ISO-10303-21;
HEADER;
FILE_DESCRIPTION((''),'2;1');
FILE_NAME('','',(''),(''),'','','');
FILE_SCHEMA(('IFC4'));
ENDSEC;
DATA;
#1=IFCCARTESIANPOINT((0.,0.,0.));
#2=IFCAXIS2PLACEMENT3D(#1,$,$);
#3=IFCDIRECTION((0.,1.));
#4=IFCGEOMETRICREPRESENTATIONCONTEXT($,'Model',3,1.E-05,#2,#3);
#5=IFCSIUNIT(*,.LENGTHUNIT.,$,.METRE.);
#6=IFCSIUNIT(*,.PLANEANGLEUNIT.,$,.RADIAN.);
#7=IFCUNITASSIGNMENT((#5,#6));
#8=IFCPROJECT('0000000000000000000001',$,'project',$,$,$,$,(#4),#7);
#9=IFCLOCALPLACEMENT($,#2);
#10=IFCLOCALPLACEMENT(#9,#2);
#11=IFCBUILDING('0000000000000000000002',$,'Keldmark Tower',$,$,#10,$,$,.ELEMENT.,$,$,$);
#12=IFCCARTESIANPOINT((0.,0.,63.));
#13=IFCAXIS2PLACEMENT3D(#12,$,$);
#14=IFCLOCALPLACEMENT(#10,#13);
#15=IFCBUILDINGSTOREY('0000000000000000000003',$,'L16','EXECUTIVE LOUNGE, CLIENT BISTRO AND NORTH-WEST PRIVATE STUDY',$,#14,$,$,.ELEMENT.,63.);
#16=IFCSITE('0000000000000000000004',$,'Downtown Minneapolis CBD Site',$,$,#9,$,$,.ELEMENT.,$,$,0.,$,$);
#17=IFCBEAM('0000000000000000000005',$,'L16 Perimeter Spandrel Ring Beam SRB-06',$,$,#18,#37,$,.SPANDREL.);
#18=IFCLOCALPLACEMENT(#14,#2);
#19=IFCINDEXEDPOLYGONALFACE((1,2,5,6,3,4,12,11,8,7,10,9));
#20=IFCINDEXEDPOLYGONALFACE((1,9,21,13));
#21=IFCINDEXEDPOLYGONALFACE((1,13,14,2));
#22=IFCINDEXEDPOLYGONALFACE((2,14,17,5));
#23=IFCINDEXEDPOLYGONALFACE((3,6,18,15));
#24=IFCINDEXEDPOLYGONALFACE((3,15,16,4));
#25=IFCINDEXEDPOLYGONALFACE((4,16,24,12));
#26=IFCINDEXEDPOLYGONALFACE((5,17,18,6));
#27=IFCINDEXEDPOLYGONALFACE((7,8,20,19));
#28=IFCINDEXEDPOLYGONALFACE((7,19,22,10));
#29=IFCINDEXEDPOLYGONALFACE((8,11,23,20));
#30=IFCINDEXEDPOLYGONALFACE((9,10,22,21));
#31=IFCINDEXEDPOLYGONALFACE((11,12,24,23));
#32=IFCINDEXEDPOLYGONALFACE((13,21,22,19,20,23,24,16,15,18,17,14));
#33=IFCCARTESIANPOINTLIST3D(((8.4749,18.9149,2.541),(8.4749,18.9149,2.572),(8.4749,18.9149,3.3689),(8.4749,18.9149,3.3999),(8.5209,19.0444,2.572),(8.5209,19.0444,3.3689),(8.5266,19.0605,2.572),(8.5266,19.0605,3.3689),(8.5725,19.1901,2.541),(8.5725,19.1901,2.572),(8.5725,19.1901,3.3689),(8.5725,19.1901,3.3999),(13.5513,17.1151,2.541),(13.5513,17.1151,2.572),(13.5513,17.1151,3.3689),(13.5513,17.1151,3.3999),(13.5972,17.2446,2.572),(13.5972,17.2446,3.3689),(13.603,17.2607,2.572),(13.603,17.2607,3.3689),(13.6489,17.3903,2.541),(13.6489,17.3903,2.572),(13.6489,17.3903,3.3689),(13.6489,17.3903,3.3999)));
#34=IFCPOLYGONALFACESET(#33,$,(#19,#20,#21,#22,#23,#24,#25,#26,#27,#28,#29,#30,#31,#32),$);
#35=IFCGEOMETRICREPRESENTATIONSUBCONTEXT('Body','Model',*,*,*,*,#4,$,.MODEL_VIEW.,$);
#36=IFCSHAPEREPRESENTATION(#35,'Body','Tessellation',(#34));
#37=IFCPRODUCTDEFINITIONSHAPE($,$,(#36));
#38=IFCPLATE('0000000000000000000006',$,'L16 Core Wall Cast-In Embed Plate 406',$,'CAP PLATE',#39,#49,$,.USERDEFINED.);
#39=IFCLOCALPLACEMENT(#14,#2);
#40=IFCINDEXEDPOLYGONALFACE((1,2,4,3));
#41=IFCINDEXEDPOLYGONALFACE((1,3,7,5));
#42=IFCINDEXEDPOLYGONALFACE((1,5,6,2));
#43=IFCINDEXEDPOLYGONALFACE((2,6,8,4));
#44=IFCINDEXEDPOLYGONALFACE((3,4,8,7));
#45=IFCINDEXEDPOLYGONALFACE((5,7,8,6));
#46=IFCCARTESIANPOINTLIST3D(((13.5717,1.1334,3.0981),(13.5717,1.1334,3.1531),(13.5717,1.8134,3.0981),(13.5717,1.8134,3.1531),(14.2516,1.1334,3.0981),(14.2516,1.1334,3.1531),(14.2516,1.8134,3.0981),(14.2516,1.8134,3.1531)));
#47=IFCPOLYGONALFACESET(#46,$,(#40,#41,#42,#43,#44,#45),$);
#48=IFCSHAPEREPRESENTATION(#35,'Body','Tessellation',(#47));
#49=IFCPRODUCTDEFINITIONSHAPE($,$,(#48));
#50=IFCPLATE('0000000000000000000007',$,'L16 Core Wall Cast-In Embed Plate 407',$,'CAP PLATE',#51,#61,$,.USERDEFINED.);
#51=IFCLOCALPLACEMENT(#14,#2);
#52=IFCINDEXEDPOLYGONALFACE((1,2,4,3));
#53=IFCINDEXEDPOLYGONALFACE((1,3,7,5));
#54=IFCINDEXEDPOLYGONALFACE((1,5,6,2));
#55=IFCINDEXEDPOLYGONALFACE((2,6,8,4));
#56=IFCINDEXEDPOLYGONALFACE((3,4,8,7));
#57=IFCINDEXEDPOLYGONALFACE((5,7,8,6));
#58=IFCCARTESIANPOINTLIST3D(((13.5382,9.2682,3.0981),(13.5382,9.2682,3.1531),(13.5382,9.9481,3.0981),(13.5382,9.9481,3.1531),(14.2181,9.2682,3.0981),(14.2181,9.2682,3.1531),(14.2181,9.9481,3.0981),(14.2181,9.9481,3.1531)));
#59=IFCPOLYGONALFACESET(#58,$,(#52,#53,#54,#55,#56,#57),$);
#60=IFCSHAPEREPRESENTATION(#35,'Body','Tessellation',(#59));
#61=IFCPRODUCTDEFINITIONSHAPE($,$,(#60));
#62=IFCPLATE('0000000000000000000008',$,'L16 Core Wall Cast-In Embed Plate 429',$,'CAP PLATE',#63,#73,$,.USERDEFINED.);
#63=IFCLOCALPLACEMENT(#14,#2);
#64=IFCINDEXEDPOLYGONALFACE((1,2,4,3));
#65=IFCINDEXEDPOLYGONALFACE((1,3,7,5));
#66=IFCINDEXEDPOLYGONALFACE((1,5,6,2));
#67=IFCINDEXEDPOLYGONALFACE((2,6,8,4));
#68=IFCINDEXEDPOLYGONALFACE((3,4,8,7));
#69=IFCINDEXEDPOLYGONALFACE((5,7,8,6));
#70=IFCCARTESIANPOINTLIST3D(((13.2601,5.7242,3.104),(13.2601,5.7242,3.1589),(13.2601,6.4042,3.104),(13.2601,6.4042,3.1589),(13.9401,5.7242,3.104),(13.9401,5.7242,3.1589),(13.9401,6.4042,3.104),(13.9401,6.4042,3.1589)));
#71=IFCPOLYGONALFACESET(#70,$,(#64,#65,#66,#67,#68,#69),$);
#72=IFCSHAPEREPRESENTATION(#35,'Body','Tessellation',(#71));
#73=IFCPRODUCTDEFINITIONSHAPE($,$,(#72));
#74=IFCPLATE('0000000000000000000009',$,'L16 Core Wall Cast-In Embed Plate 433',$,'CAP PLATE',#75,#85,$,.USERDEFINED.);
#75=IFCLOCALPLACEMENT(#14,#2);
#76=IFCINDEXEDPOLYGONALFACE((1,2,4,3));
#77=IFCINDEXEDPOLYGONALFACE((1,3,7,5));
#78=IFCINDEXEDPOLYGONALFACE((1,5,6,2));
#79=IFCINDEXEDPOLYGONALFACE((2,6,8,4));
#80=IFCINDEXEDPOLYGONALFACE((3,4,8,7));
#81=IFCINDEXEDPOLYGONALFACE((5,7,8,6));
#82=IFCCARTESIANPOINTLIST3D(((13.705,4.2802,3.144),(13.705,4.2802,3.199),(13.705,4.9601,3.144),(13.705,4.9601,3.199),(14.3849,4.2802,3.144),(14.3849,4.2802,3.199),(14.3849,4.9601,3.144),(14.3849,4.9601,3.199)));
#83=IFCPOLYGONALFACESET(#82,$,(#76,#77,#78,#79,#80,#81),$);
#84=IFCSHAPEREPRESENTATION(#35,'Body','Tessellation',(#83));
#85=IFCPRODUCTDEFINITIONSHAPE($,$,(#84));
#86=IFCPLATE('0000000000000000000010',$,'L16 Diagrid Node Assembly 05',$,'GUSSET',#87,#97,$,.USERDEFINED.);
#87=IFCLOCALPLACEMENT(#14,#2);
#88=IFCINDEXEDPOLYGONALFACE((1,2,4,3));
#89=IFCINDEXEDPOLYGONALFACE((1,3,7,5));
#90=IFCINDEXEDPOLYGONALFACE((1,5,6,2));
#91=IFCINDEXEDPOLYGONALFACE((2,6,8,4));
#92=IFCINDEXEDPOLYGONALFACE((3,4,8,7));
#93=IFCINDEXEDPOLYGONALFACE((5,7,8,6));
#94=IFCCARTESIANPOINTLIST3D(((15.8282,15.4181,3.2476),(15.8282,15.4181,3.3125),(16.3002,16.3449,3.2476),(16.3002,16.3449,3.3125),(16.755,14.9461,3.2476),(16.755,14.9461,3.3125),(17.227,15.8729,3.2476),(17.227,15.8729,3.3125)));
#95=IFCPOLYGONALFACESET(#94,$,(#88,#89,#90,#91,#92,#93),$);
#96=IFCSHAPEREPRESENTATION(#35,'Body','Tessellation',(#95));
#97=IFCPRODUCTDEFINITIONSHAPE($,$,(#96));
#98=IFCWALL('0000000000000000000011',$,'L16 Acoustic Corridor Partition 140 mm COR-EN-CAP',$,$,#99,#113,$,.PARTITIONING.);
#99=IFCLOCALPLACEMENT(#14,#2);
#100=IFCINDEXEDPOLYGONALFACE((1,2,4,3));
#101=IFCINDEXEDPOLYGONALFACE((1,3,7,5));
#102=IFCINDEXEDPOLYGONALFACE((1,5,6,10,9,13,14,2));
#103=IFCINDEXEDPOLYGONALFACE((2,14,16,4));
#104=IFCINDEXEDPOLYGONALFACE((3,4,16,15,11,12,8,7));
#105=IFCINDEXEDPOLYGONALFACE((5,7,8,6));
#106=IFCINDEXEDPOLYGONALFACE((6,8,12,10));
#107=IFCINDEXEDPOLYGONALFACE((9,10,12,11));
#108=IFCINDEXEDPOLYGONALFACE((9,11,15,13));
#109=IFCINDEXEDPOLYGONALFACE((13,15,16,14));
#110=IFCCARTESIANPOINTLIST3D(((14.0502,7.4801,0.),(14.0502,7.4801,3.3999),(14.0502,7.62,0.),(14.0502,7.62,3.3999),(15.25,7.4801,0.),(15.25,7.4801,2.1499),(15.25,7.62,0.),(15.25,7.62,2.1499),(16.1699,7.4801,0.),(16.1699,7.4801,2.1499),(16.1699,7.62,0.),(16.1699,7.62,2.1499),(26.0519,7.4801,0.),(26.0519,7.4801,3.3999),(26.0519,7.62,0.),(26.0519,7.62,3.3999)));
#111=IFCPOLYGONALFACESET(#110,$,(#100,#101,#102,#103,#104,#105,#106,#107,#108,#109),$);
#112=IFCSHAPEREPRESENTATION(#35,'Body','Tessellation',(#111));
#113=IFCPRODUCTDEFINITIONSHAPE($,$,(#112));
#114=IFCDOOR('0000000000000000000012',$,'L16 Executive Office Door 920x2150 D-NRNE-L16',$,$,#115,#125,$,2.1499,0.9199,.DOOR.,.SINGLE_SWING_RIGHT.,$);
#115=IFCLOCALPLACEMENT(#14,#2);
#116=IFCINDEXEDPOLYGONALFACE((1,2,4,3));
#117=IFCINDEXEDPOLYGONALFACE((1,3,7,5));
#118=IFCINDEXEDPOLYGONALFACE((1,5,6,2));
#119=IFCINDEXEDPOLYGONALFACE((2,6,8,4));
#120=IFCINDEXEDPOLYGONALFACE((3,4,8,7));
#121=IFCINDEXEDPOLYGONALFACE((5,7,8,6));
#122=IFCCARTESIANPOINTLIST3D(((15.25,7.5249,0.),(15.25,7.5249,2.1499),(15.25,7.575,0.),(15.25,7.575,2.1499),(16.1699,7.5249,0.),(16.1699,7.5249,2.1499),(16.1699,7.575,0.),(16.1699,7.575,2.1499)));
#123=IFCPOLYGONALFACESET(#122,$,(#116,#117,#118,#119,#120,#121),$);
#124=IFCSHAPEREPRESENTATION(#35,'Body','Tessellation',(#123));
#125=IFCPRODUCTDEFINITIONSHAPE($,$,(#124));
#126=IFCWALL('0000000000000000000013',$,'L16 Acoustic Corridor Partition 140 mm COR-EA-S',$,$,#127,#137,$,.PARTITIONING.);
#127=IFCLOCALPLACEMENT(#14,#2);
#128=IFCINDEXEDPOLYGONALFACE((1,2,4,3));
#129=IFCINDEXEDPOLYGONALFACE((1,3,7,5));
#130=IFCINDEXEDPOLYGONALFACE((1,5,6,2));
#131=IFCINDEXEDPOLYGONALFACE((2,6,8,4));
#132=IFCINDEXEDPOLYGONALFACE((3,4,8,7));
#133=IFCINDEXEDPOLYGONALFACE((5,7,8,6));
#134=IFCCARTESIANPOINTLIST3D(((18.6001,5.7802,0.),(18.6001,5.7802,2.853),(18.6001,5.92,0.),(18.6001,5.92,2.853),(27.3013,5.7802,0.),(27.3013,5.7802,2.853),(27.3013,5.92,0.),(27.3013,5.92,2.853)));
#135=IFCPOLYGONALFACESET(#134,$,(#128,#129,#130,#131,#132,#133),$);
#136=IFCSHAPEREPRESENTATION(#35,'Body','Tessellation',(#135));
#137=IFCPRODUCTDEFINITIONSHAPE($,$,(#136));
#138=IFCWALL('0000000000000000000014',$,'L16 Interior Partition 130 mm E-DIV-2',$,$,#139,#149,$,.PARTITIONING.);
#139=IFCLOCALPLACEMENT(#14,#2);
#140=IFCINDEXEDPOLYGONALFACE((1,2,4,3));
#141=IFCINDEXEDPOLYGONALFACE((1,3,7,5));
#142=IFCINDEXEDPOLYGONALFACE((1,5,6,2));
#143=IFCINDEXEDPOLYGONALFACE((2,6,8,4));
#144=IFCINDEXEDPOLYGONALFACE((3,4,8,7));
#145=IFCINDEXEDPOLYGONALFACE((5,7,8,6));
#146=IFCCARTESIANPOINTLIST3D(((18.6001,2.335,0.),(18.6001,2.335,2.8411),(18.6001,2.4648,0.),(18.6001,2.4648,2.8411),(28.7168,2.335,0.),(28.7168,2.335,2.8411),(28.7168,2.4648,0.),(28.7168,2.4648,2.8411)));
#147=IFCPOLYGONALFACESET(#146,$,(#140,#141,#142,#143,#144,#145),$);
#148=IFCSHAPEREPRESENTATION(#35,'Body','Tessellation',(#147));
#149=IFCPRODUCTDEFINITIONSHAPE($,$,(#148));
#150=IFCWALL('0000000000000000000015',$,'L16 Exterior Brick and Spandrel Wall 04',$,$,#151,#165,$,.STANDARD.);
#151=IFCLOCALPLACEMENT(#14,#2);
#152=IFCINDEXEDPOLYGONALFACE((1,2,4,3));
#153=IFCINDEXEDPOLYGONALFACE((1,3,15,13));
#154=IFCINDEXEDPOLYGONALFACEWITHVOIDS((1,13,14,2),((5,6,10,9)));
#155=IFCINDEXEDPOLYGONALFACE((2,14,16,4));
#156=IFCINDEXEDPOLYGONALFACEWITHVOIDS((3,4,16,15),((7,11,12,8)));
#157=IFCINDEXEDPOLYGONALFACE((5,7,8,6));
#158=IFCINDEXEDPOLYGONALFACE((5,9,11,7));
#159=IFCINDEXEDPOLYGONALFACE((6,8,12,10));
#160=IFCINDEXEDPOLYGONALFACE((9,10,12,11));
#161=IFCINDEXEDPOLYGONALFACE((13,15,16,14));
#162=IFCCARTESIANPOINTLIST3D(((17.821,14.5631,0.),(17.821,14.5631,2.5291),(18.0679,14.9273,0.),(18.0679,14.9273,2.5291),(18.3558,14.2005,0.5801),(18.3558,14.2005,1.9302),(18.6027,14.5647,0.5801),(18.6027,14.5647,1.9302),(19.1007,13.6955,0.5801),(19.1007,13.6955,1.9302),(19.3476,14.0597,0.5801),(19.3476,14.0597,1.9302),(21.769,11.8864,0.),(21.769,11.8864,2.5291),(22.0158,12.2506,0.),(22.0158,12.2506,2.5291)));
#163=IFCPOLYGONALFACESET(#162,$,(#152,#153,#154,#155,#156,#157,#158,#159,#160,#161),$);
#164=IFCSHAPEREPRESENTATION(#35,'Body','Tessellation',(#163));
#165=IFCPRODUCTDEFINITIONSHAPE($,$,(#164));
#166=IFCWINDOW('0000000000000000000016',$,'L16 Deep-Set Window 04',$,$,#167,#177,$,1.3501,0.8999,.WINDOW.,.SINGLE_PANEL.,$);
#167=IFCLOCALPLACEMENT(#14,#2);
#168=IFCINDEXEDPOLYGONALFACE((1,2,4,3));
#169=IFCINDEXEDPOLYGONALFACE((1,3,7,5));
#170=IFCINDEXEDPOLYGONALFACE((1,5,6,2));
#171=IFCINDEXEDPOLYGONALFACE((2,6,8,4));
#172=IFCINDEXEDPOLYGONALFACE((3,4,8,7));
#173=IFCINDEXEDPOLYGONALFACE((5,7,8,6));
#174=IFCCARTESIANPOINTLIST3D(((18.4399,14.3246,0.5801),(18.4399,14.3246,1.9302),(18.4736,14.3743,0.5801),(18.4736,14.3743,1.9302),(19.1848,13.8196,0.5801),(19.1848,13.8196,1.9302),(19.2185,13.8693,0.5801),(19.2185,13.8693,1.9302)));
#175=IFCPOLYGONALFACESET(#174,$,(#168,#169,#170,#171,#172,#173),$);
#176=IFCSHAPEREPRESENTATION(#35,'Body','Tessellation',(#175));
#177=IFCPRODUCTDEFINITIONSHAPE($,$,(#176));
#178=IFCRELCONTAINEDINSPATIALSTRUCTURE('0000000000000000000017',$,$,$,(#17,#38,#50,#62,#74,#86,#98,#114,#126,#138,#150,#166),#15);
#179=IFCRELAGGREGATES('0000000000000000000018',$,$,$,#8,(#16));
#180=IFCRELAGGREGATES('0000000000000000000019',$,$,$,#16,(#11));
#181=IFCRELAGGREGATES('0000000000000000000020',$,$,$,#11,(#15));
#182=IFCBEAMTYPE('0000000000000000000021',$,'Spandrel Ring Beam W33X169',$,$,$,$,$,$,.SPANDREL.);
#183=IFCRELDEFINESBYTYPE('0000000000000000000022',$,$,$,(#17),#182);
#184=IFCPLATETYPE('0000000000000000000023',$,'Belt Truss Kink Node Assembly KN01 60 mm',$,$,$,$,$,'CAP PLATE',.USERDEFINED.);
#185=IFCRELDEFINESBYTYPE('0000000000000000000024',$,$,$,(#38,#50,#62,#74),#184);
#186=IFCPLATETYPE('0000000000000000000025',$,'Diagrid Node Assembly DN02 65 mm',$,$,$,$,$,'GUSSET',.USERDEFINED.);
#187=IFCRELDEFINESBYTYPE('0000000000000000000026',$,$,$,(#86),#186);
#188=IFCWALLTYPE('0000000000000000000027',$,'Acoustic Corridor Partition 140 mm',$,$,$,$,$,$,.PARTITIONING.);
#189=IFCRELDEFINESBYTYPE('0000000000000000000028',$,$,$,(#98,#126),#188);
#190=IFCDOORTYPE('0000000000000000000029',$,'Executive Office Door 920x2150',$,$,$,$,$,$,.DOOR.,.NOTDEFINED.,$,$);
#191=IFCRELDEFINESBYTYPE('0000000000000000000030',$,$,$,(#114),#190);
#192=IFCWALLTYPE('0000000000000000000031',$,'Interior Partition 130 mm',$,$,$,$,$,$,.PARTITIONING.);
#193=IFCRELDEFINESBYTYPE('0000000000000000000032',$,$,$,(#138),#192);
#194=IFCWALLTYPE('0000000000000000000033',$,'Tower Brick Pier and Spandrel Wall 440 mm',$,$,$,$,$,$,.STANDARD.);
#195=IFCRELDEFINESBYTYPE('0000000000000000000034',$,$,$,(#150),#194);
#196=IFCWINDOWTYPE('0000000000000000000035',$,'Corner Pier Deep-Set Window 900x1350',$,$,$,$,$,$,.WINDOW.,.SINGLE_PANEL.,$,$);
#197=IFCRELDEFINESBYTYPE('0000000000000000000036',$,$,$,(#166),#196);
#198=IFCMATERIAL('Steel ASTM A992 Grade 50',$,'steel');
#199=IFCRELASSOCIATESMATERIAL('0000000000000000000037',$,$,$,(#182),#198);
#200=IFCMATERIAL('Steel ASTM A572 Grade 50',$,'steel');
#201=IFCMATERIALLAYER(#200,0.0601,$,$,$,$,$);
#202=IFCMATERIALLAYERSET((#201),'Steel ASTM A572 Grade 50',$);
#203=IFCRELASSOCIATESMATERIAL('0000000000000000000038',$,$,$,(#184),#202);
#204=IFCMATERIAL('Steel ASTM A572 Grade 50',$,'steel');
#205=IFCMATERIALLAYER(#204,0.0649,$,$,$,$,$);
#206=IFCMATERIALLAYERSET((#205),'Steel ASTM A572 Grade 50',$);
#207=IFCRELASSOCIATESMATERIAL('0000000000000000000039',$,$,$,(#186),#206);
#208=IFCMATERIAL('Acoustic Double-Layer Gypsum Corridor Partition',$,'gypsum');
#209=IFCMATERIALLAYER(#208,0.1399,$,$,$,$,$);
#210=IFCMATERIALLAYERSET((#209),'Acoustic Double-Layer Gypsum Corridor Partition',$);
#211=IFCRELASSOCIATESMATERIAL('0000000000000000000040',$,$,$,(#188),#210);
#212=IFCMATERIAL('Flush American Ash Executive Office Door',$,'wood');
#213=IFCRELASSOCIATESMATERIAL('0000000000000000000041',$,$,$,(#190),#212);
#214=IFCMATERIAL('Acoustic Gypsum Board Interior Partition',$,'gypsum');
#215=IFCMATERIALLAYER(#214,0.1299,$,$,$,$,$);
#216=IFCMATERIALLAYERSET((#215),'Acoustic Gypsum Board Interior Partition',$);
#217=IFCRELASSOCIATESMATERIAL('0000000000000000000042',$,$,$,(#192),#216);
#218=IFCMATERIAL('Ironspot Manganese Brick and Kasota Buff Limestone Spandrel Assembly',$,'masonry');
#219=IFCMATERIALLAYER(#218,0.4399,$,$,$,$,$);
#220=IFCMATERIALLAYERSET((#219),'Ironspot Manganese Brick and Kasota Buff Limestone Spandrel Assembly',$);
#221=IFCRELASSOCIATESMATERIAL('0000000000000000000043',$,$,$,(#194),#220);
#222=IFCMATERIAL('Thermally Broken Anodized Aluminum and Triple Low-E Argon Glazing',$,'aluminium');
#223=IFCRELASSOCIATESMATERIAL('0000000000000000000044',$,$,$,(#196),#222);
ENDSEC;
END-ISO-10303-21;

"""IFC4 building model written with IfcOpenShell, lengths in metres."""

from ifc_helpers import new_model, si_unit, direction, frame, frame_2d, origin, origin_2d, place, context, subcontext, project, spatial, rectangle, i_section, extrude, material, layer, layer_set, material_profile, profile_set, type_object, element, fill, save


model = new_model("IFC4")

# Units and contexts
model_context = context("Model", 3, precision=1e-05, world=origin(), true_north=direction((0.0, 1.0)))
body_context = subcontext(model_context, "Body", "Model", "MODEL_VIEW")
ifc_project = project(units=[si_unit("LENGTHUNIT", "METRE"), si_unit("PLANEANGLEUNIT", "RADIAN")], contexts=[model_context])

# Site, building, storey
site_placement = place(None, origin())
site = spatial("IfcSite", under=ifc_project, at=site_placement, Name="Downtown Minneapolis CBD Site", CompositionType="ELEMENT", RefElevation=0.0)
building_placement = place(site_placement, origin())
building = spatial("IfcBuilding", under=site, at=building_placement, Name="Keldmark Tower", CompositionType="ELEMENT")
storey_placement = place(building_placement, frame((0.0, 0.0, 63.0)))
storey = spatial("IfcBuildingStorey", under=building, at=storey_placement, Name="L16", Description="EXECUTIVE LOUNGE, CLIENT BISTRO AND NORTH-WEST PRIVATE STUDY", CompositionType="ELEMENT", Elevation=63.0)

# Beam
ifc_material_1 = material(Name="Steel ASTM A992 Grade 50", Category="steel")
ifc_material_profile_1 = material_profile(ifc_material_1, i_section(OverallWidth=0.292, OverallDepth=0.8589, WebThickness=0.0171, FlangeThickness=0.031, at=origin_2d()), Name="W33X169")
ifc_profile_set_1 = profile_set([ifc_material_profile_1], Name="Steel ASTM A992 Grade 50")
beam_type_1 = type_object("IfcBeamType", Name="Spandrel Ring Beam W33X169", PredefinedType="SPANDREL", material=ifc_profile_set_1)
beam_1_placement = place(storey_placement, frame((13.6001, 17.2527, 2.9705), z_axis=(-0.942516, 0.334162, 0.0), x_axis=(-0.334162, -0.942516, 0.0)))
element("IfcBeam", 1, at=beam_1_placement, inside=storey, type_object=beam_type_1, Name="L16 Perimeter Spandrel Ring Beam SRB-06", PredefinedType="SPANDREL", context=body_context, shape_type="SweptSolid", body=[
    extrude(i_section(OverallWidth=0.292, OverallDepth=0.8589, WebThickness=0.0171, FlangeThickness=0.031, at=origin_2d()), origin(), (0.0, 0.0, 1.0), 5.386),
])

# Plates
ifc_material_2 = material(Name="Steel ASTM A572 Grade 50", Category="steel")
ifc_layer_1 = layer(ifc_material_2, 0.0601)
ifc_layer_set_1 = layer_set([ifc_layer_1], Name="Steel ASTM A572 Grade 50")
plate_type_1 = type_object("IfcPlateType", Name="Belt Truss Kink Node Assembly KN01 60 mm", ElementType="CAP PLATE", PredefinedType="USERDEFINED", material=ifc_layer_set_1)
for number, where, z_axis, x_axis, name in (
    (2, (13.9116, 1.4734, 3.0981), (0.0, 0.0, 1.0), (1.0, 0.0, 0.0), "L16 Core Wall Cast-In Embed Plate 406"),
    (3, (13.8782, 9.6082, 3.0981), (0.0, 0.0, 1.0), (1.0, 0.0, 0.0), "L16 Core Wall Cast-In Embed Plate 407"),
    (4, (13.6001, 6.0642, 3.104), (0.0, 0.0, 1.0), (1.0, 0.0, 0.0), "L16 Core Wall Cast-In Embed Plate 429"),
    (5, (14.0449, 4.6201, 3.144), (0.0, 0.0, 1.0), (1.0, 0.0, 0.0), "L16 Core Wall Cast-In Embed Plate 433"),
):
    element("IfcPlate", number, at=place(storey_placement, frame(where, z_axis=z_axis, x_axis=x_axis)), inside=storey, type_object=plate_type_1, Name=name, ObjectType="CAP PLATE", PredefinedType="USERDEFINED", context=body_context, shape_type="SweptSolid", body=[
        extrude(rectangle(XDim=0.6799, YDim=0.6799, at=origin_2d()), origin(), (0.0, 0.0, 1.0), 0.0549),
    ])
ifc_material_3 = material(Name="Steel ASTM A572 Grade 50", Category="steel")
ifc_layer_2 = layer(ifc_material_3, 0.0649)
ifc_layer_set_2 = layer_set([ifc_layer_2], Name="Steel ASTM A572 Grade 50")
plate_type_2 = type_object("IfcPlateType", Name="Diagrid Node Assembly DN02 65 mm", ElementType="GUSSET", PredefinedType="USERDEFINED", material=ifc_layer_set_2)
plate_placement = place(storey_placement, frame((16.5276, 15.6455, 3.2476), z_axis=(0.0, 0.0, 1.0), x_axis=(-0.891086, 0.453835, 0.0)))
element("IfcPlate", 6, at=plate_placement, inside=storey, type_object=plate_type_2, Name="L16 Diagrid Node Assembly 05", ObjectType="GUSSET", PredefinedType="USERDEFINED", context=body_context, shape_type="SweptSolid", body=[
    extrude(rectangle(XDim=1.04, YDim=1.04, at=origin_2d()), origin(), (0.0, 0.0, 1.0), 0.0649),
])

# Wall, opening, door
ifc_material_4 = material(Name="Acoustic Double-Layer Gypsum Corridor Partition", Category="gypsum")
ifc_layer_3 = layer(ifc_material_4, 0.1399)
ifc_layer_set_3 = layer_set([ifc_layer_3], Name="Acoustic Double-Layer Gypsum Corridor Partition")
wall_type_1 = type_object("IfcWallType", Name="Acoustic Corridor Partition 140 mm", PredefinedType="PARTITIONING", material=ifc_layer_set_3)
wall_1_placement = place(storey_placement, frame((14.05, 7.55, 0.0), z_axis=(0.0, 0.0, 1.0), x_axis=(1.0, 0.0, 0.0)))
wall_1 = element("IfcWall", 7, at=wall_1_placement, inside=storey, type_object=wall_type_1, Name="L16 Acoustic Corridor Partition 140 mm COR-EN-CAP", PredefinedType="PARTITIONING", context=body_context, shape_type="SweptSolid", body=[
    extrude(rectangle(XDim=12.0017, YDim=0.1399, at=frame_2d((6.001, 0.0))), origin(), (0.0, 0.0, 1.0), 3.3999),
])
opening_1_placement = place(wall_1_placement, frame((1.2, 0.0, 0.0)))
opening_1 = element("IfcOpeningElement", 8, at=opening_1_placement, cuts=wall_1, PredefinedType="OPENING", context=body_context, shape_type="SweptSolid", body=[
    extrude(rectangle(XDim=0.9199, YDim=2.1499, at=frame_2d((0.46, 1.075))), frame((0.0, 0.0798, 0.0), z_axis=(0.0, -1.0, 0.0), x_axis=(1.0, 0.0, 0.0)), (0.0, 0.0, 1.0), 0.1599),
])
ifc_material_5 = material(Name="Flush American Ash Executive Office Door", Category="wood")
door_type = type_object("IfcDoorType", Name="Executive Office Door 920x2150", OperationType="NOTDEFINED", PredefinedType="DOOR", material=ifc_material_5)
door_placement = place(opening_1_placement, origin())
door = element("IfcDoor", 9, at=door_placement, inside=storey, type_object=door_type, Name="L16 Executive Office Door 920x2150 D-NRNE-L16", OperationType="SINGLE_SWING_RIGHT", OverallHeight=2.1499, OverallWidth=0.9199, PredefinedType="DOOR", context=body_context, shape_type="SweptSolid", body=[
    extrude(rectangle(XDim=0.9199, YDim=2.1499, at=frame_2d((0.46, 1.075))), frame((0.0, 0.0249, 0.0), z_axis=(0.0, -1.0, 0.0), x_axis=(1.0, 0.0, 0.0)), (0.0, 0.0, 1.0), 0.05),
])
fill(opening_1, door)

# Walls
wall_2_placement = place(storey_placement, frame((18.6001, 5.8501, 0.0), z_axis=(0.0, 0.0, 1.0), x_axis=(1.0, 0.0, 0.0)))
element("IfcWall", 10, at=wall_2_placement, inside=storey, type_object=wall_type_1, Name="L16 Acoustic Corridor Partition 140 mm COR-EA-S", PredefinedType="PARTITIONING", context=body_context, shape_type="SweptSolid", body=[
    extrude(rectangle(XDim=8.7012, YDim=0.1399, at=frame_2d((4.3506, 0.0))), origin(), (0.0, 0.0, 1.0), 2.853),
])
ifc_material_6 = material(Name="Acoustic Gypsum Board Interior Partition", Category="gypsum")
ifc_layer_4 = layer(ifc_material_6, 0.1299)
ifc_layer_set_4 = layer_set([ifc_layer_4], Name="Acoustic Gypsum Board Interior Partition")
wall_type_2 = type_object("IfcWallType", Name="Interior Partition 130 mm", PredefinedType="PARTITIONING", material=ifc_layer_set_4)
wall_3_placement = place(storey_placement, frame((18.6001, 2.3999, 0.0), z_axis=(0.0, 0.0, 1.0), x_axis=(1.0, 0.0, 0.0)))
element("IfcWall", 11, at=wall_3_placement, inside=storey, type_object=wall_type_2, Name="L16 Interior Partition 130 mm E-DIV-2", PredefinedType="PARTITIONING", context=body_context, shape_type="SweptSolid", body=[
    extrude(rectangle(XDim=10.1167, YDim=0.1299, at=frame_2d((5.0583, 0.0))), origin(), (0.0, 0.0, 1.0), 2.8411),
])

# Wall, opening, window
ifc_material_7 = material(Name="Ironspot Manganese Brick and Kasota Buff Limestone Spandrel Assembly", Category="masonry")
ifc_layer_5 = layer(ifc_material_7, 0.4399)
ifc_layer_set_5 = layer_set([ifc_layer_5], Name="Ironspot Manganese Brick and Kasota Buff Limestone Spandrel Assembly")
wall_type_3 = type_object("IfcWallType", Name="Tower Brick Pier and Spandrel Wall 440 mm", PredefinedType="STANDARD", material=ifc_layer_set_5)
wall_4_placement = place(storey_placement, frame((17.9446, 14.7451, 0.0), z_axis=(0.0, 0.0, 1.0), x_axis=(0.827694, -0.56118, 0.0)))
wall_4 = element("IfcWall", 12, at=wall_4_placement, inside=storey, type_object=wall_type_3, Name="L16 Exterior Brick and Spandrel Wall 04", PredefinedType="STANDARD", context=body_context, shape_type="SweptSolid", body=[
    extrude(rectangle(XDim=4.7698, YDim=0.4399, at=frame_2d((2.3848, 0.0))), origin(), (0.0, 0.0, 1.0), 2.5291),
])
opening_2_placement = place(wall_4_placement, frame((0.646, 0.0, 0.5801)))
opening_2 = element("IfcOpeningElement", 13, at=opening_2_placement, cuts=wall_4, PredefinedType="OPENING", context=body_context, shape_type="SweptSolid", body=[
    extrude(rectangle(XDim=0.8999, YDim=1.3501, at=frame_2d((0.45, 0.675))), frame((0.0, 0.23, 0.0), z_axis=(0.0, -1.0, 0.0), x_axis=(1.0, 0.0, 0.0)), (0.0, 0.0, 1.0), 0.46),
])
ifc_material_8 = material(Name="Thermally Broken Anodized Aluminum and Triple Low-E Argon Glazing", Category="aluminium")
window_type_1 = type_object("IfcWindowType", Name="Corner Pier Deep-Set Window 900x1350", PartitioningType="SINGLE_PANEL", PredefinedType="WINDOW", material=ifc_material_8)
window_1_placement = place(opening_2_placement, origin())
window_1 = element("IfcWindow", 14, at=window_1_placement, inside=storey, type_object=window_type_1, Name="L16 Deep-Set Window 04", OverallHeight=1.3501, OverallWidth=0.8999, PartitioningType="SINGLE_PANEL", PredefinedType="WINDOW", context=body_context, shape_type="SweptSolid", body=[
    extrude(rectangle(XDim=0.8999, YDim=1.3501, at=frame_2d((0.45, 0.675))), frame((0.0, -0.01, 0.0), z_axis=(0.0, -1.0, 0.0), x_axis=(1.0, 0.0, 0.0)), (0.0, 0.0, 1.0), 0.0601),
])
fill(opening_2, window_1)

save(model, "model.ifc")
